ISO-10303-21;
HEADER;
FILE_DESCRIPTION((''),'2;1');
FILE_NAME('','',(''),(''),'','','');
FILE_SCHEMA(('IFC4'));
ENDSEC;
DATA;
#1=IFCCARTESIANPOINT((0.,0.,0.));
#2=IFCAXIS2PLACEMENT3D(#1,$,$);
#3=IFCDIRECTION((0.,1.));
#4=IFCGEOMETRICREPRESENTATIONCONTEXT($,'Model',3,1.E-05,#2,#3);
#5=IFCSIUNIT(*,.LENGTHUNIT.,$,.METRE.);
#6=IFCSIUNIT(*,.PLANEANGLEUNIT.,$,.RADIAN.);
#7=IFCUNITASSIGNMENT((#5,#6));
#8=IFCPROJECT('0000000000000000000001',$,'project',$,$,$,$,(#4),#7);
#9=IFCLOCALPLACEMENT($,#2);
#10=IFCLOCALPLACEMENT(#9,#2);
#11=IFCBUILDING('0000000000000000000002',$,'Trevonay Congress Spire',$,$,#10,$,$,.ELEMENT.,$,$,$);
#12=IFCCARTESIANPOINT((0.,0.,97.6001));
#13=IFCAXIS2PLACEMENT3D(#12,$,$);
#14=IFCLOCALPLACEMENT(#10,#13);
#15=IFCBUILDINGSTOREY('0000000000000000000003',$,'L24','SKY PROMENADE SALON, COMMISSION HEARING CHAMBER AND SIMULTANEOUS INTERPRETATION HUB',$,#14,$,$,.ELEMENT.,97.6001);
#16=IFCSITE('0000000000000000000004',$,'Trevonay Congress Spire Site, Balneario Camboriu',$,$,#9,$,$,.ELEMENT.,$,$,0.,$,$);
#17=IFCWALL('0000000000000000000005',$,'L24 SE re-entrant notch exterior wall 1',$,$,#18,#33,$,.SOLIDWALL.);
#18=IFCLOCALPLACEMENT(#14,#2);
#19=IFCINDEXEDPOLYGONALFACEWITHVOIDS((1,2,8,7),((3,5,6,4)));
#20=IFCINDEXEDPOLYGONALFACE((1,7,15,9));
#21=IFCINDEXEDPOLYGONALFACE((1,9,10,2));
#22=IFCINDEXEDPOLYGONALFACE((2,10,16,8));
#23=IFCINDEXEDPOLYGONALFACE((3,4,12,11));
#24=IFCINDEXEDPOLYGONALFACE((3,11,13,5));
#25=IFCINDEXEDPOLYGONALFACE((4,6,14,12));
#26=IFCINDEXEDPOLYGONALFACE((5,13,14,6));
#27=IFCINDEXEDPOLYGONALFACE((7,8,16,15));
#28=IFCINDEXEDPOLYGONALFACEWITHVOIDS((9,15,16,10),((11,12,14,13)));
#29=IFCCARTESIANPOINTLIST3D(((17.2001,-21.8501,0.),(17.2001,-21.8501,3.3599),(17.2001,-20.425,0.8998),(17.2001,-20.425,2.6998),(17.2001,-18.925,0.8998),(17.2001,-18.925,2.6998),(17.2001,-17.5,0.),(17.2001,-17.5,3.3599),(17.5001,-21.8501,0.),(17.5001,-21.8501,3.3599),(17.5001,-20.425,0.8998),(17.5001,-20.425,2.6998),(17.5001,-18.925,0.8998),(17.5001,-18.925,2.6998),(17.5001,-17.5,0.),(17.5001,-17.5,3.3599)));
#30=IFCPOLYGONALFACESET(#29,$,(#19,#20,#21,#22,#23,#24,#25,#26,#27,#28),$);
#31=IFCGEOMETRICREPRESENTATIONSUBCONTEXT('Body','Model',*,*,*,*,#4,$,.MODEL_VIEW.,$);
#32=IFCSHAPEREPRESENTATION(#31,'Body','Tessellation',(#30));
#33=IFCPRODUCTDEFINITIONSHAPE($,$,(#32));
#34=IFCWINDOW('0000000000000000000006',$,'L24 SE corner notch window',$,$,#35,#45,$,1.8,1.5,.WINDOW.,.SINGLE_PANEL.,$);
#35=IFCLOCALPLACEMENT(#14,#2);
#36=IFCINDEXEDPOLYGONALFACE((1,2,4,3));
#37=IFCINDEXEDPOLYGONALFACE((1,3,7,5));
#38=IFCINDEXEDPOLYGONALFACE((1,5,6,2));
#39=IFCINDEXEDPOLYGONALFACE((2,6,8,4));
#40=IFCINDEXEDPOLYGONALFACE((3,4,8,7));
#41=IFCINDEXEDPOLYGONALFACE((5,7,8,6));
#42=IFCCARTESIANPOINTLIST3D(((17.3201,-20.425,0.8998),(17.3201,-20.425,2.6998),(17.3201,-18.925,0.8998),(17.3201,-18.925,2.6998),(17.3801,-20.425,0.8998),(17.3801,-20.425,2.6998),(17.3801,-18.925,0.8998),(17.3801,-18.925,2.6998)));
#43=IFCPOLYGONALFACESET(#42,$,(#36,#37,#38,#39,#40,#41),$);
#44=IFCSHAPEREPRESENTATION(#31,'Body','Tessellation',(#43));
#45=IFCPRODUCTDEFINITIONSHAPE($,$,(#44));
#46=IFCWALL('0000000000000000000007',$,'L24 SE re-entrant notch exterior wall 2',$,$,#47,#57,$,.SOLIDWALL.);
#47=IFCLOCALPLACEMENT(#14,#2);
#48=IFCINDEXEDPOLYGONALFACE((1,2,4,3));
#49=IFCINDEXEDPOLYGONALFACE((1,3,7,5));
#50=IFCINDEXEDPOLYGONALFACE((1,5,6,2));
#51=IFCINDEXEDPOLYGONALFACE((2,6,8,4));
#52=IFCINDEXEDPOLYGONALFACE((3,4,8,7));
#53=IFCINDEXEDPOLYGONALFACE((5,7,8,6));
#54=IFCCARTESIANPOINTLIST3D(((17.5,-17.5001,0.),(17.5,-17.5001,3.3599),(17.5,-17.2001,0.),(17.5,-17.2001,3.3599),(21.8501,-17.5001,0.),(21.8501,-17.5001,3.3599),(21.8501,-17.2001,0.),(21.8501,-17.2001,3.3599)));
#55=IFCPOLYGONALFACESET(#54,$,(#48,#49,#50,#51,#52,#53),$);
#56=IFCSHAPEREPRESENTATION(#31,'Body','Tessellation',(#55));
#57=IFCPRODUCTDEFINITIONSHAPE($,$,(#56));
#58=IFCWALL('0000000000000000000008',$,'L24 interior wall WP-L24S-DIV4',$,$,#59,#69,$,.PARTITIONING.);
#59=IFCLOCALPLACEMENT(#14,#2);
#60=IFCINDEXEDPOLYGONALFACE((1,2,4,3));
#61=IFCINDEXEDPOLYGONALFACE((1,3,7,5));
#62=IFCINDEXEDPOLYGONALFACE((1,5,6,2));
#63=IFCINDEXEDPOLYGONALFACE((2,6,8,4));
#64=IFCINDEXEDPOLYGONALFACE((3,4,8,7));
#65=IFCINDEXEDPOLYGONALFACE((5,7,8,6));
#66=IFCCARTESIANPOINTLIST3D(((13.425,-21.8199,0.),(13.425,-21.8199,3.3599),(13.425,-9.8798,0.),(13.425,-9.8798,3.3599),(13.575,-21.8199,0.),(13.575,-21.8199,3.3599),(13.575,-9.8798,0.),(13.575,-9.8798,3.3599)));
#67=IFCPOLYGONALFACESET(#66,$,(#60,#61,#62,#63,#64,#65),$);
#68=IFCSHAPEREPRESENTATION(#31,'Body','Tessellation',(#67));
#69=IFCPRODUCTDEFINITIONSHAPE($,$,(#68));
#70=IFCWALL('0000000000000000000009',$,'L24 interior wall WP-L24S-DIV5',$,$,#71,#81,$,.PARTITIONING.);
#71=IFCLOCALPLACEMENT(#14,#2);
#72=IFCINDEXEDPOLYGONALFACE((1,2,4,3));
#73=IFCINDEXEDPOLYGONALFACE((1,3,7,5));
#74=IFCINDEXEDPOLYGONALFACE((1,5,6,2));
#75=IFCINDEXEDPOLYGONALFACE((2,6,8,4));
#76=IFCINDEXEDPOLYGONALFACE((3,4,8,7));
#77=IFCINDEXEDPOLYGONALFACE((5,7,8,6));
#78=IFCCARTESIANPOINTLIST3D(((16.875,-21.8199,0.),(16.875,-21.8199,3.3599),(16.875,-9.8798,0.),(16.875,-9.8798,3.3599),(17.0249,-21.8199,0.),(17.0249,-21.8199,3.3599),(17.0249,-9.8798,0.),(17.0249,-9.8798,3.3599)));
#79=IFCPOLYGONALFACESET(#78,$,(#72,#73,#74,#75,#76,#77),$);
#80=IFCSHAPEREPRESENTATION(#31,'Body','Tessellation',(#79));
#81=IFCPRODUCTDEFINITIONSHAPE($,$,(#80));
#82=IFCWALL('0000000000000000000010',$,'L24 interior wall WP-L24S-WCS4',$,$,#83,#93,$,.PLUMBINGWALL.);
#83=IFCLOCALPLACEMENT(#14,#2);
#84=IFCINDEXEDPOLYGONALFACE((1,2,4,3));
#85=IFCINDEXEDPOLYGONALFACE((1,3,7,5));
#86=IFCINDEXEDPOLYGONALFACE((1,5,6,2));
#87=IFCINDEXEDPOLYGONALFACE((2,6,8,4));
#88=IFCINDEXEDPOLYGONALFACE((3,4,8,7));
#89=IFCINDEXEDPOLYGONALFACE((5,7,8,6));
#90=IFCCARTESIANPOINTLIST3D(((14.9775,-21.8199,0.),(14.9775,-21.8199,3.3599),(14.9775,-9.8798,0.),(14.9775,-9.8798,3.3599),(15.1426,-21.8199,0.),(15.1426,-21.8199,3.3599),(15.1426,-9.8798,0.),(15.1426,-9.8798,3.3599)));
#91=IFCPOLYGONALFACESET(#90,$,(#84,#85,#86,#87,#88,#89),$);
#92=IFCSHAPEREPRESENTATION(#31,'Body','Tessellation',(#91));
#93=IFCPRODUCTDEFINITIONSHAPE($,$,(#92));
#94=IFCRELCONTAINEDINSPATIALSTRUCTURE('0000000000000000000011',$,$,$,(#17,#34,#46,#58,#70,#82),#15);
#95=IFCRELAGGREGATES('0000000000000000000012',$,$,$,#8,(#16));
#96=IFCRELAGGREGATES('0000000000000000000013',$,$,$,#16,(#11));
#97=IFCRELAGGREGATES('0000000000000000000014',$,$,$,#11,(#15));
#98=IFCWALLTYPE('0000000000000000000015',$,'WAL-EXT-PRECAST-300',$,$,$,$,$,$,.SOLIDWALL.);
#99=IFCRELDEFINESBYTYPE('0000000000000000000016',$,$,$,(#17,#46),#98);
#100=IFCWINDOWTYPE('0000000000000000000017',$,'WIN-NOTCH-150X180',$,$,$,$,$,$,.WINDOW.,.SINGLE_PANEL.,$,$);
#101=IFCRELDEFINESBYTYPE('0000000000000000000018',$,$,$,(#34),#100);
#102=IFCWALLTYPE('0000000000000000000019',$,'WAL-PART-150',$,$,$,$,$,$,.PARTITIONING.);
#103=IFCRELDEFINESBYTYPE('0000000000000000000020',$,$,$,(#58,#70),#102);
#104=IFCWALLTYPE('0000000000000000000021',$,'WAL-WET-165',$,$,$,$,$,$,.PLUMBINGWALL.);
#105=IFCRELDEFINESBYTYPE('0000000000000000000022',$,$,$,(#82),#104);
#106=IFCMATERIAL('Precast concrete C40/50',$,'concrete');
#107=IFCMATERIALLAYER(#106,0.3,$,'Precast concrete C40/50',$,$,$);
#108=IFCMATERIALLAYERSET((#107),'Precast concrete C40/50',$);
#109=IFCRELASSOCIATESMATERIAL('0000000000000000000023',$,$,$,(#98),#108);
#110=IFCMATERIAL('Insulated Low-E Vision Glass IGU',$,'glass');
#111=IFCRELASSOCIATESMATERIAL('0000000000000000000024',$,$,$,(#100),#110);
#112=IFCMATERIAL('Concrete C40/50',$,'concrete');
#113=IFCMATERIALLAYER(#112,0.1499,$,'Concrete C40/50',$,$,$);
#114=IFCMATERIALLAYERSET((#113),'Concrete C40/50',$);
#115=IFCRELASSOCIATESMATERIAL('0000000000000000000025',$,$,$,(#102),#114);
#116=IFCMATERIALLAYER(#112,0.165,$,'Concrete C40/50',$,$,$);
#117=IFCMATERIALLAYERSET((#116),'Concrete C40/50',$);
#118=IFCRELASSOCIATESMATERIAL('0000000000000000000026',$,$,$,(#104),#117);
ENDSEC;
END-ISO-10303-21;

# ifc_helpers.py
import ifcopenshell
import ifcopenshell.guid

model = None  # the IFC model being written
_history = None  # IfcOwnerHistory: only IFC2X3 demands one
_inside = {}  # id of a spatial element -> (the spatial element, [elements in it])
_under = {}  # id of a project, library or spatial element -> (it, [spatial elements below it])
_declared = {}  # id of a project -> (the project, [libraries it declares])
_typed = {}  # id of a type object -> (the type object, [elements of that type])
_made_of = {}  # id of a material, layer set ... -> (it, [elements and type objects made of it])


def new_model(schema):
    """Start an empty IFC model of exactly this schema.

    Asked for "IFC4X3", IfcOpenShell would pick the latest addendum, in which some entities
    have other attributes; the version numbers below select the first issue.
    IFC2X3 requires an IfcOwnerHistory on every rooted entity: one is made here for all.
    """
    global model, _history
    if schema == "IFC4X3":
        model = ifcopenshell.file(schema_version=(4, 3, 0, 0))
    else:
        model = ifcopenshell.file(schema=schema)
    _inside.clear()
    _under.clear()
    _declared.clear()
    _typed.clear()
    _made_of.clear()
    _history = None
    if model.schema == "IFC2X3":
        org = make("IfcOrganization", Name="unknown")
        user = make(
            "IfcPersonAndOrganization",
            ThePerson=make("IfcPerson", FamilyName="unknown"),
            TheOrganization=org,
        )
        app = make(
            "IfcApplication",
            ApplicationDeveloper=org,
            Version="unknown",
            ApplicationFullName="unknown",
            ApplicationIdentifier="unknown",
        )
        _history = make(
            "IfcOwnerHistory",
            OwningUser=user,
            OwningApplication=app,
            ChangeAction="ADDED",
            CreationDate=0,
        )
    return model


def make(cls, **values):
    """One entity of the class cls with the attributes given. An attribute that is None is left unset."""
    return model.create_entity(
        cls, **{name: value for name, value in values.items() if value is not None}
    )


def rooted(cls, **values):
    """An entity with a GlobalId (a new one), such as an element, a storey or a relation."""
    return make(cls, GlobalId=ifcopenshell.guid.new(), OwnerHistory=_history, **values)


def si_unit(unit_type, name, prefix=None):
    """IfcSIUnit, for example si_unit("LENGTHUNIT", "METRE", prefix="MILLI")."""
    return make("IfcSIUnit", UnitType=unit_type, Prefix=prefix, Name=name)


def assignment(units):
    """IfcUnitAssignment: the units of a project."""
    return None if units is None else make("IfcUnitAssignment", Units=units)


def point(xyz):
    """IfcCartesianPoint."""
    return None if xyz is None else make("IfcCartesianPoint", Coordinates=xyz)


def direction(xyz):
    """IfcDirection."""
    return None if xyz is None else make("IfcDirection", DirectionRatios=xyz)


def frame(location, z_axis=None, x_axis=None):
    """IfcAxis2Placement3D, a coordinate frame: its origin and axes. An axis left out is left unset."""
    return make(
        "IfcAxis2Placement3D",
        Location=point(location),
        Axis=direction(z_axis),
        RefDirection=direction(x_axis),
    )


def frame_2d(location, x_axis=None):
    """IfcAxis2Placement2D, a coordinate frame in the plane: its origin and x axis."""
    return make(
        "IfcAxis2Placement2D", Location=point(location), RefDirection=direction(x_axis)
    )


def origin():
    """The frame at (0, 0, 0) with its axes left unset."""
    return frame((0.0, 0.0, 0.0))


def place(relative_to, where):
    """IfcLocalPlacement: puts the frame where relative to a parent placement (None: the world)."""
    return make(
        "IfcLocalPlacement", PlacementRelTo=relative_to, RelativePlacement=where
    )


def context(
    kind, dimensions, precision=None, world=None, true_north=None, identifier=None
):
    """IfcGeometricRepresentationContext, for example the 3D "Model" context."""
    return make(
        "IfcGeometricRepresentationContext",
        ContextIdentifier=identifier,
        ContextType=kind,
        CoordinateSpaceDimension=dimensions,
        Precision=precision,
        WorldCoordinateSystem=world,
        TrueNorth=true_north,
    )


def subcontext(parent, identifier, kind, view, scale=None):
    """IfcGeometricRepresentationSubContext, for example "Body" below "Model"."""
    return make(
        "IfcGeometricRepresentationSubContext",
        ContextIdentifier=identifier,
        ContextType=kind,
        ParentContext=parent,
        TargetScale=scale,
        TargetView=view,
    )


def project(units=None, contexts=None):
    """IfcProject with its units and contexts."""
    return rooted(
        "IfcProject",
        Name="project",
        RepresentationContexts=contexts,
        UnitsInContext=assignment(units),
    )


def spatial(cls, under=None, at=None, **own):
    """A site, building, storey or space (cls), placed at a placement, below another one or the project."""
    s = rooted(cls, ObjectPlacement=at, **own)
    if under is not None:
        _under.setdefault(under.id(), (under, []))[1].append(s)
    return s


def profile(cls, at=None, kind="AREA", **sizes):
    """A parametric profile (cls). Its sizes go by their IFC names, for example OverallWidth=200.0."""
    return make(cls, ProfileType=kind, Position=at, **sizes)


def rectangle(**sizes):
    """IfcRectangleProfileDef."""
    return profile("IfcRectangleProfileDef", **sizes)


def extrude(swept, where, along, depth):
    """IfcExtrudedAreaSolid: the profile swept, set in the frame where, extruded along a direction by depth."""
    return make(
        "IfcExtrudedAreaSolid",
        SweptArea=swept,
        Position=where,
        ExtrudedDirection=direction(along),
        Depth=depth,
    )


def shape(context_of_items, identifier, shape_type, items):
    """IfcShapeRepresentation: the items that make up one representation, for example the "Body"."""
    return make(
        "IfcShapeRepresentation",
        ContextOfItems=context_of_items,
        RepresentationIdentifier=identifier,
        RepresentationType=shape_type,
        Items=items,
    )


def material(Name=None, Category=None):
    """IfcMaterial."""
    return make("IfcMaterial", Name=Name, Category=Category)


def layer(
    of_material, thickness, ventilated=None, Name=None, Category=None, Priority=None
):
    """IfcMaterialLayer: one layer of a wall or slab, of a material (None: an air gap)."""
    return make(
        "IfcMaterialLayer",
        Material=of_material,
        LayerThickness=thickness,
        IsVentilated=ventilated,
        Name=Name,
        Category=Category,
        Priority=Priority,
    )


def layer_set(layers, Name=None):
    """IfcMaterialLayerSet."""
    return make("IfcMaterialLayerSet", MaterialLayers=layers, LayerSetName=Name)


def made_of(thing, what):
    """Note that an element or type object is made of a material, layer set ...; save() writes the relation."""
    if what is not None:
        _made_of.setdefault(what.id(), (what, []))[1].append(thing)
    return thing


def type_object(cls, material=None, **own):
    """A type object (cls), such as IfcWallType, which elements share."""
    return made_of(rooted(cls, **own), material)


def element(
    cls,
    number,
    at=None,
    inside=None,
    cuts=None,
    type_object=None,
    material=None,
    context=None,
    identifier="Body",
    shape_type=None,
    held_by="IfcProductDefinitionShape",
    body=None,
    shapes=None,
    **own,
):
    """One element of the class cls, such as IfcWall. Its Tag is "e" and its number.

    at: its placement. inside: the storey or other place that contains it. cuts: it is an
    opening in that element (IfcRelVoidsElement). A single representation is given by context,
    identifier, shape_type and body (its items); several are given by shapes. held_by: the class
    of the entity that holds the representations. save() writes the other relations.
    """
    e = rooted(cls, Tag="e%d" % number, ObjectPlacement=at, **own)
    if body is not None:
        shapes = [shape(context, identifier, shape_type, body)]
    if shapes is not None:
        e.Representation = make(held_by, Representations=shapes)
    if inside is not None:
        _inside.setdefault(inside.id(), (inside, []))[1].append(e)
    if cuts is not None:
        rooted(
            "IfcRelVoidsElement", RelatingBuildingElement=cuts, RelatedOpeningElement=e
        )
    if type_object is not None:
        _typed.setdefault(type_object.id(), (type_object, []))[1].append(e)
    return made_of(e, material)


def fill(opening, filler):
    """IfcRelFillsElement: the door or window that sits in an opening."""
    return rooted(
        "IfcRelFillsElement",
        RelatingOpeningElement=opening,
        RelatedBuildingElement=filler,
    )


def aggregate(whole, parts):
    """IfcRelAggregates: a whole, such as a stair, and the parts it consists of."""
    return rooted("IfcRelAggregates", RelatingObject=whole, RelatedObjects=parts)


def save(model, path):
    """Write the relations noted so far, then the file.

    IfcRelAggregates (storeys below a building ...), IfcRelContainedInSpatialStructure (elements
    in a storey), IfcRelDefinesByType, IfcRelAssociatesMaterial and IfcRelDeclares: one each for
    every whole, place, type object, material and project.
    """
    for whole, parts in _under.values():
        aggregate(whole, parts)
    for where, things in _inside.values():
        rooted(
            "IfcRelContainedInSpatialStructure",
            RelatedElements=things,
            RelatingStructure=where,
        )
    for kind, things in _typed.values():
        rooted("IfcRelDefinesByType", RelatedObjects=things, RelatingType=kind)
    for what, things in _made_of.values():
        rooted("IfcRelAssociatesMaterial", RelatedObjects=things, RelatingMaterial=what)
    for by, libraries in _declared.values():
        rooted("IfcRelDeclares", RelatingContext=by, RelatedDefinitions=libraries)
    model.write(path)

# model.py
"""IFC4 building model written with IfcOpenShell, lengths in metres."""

from ifc_helpers import new_model, si_unit, direction, frame, frame_2d, origin, place, context, subcontext, project, spatial, rectangle, extrude, material, layer, layer_set, type_object, element, fill, save


model = new_model("IFC4")

# Units and contexts
model_context = context("Model", 3, precision=1e-05, world=origin(), true_north=direction((0.0, 1.0)))
body_context = subcontext(model_context, "Body", "Model", "MODEL_VIEW")
ifc_project = project(units=[si_unit("LENGTHUNIT", "METRE"), si_unit("PLANEANGLEUNIT", "RADIAN")], contexts=[model_context])

# Site, building, storey
site_placement = place(None, origin())
site = spatial("IfcSite", under=ifc_project, at=site_placement, Name="Trevonay Congress Spire Site, Balneario Camboriu", CompositionType="ELEMENT", RefElevation=0.0)
building_placement = place(site_placement, origin())
building = spatial("IfcBuilding", under=site, at=building_placement, Name="Trevonay Congress Spire", CompositionType="ELEMENT")
storey_placement = place(building_placement, frame((0.0, 0.0, 97.6001)))
storey = spatial("IfcBuildingStorey", under=building, at=storey_placement, Name="L24", Description="SKY PROMENADE SALON, COMMISSION HEARING CHAMBER AND SIMULTANEOUS INTERPRETATION HUB", CompositionType="ELEMENT", Elevation=97.6001)

# Shared definitions
ifc_material_1 = material(Name="Insulated Low-E Vision Glass IGU", Category="glass")

# Wall, opening, window
ifc_material_2 = material(Name="Precast concrete C40/50", Category="concrete")
ifc_layer_1 = layer(ifc_material_2, 0.3, Name="Precast concrete C40/50")
ifc_layer_set_1 = layer_set([ifc_layer_1], Name="Precast concrete C40/50")
wall_type_1 = type_object("IfcWallType", Name="WAL-EXT-PRECAST-300", PredefinedType="SOLIDWALL", material=ifc_layer_set_1)
wall_1_placement = place(storey_placement, frame((17.3501, -21.8501, 0.0), z_axis=(0.0, 0.0, 1.0), x_axis=(0.0, 1.0, 0.0)))
wall_1 = element("IfcWall", 1, at=wall_1_placement, inside=storey, type_object=wall_type_1, Name="L24 SE re-entrant notch exterior wall 1", PredefinedType="SOLIDWALL", context=body_context, shape_type="SweptSolid", body=[
    extrude(rectangle(XDim=4.3501, YDim=0.3, at=frame_2d((2.175, 0.0))), origin(), (0.0, 0.0, 1.0), 3.3599),
])
opening_placement = place(wall_1_placement, frame((1.425, 0.0, 0.8999)))
opening = element("IfcOpeningElement", 2, at=opening_placement, cuts=wall_1, PredefinedType="OPENING", context=body_context, shape_type="SweptSolid", body=[
    extrude(rectangle(XDim=1.5, YDim=1.8, at=frame_2d((0.75, 0.8999))), frame((0.0, 0.1602, 0.0), z_axis=(0.0, -1.0, 0.0), x_axis=(1.0, 0.0, 0.0)), (0.0, 0.0, 1.0), 0.3201),
])
window_type = type_object("IfcWindowType", Name="WIN-NOTCH-150X180", PartitioningType="SINGLE_PANEL", PredefinedType="WINDOW", material=ifc_material_1)
window_placement = place(opening_placement, origin())
window = element("IfcWindow", 3, at=window_placement, inside=storey, type_object=window_type, Name="L24 SE corner notch window", OverallHeight=1.8, OverallWidth=1.5, PartitioningType="SINGLE_PANEL", PredefinedType="WINDOW", context=body_context, shape_type="SweptSolid", body=[
    extrude(rectangle(XDim=1.5, YDim=1.8, at=frame_2d((0.75, 0.8999))), frame((0.0, 0.03, 0.0), z_axis=(0.0, -1.0, 0.0), x_axis=(1.0, 0.0, 0.0)), (0.0, 0.0, 1.0), 0.0601),
])
fill(opening, window)

# Walls
wall_2_placement = place(storey_placement, frame((21.8501, -17.3501, 0.0), z_axis=(0.0, 0.0, 1.0), x_axis=(-1.0, 0.0, 0.0)))
element("IfcWall", 4, at=wall_2_placement, inside=storey, type_object=wall_type_1, Name="L24 SE re-entrant notch exterior wall 2", PredefinedType="SOLIDWALL", context=body_context, shape_type="SweptSolid", body=[
    extrude(rectangle(XDim=4.3501, YDim=0.3, at=frame_2d((2.175, 0.0))), origin(), (0.0, 0.0, 1.0), 3.3599),
])
ifc_material_3 = material(Name="Concrete C40/50", Category="concrete")
ifc_layer_2 = layer(ifc_material_3, 0.1499, Name="Concrete C40/50")
ifc_layer_set_2 = layer_set([ifc_layer_2], Name="Concrete C40/50")
wall_type_2 = type_object("IfcWallType", Name="WAL-PART-150", PredefinedType="PARTITIONING", material=ifc_layer_set_2)
for number, where, z_axis, x_axis, name in (
    (5, (13.5, -21.8201, 0.0), (0.0, 0.0, 1.0), (0.0, 1.0, 0.0), "L24 interior wall WP-L24S-DIV4"),
    (6, (16.95, -21.8201, 0.0), (0.0, 0.0, 1.0), (0.0, 1.0, 0.0), "L24 interior wall WP-L24S-DIV5"),
):
    element("IfcWall", number, at=place(storey_placement, frame(where, z_axis=z_axis, x_axis=x_axis)), inside=storey, type_object=wall_type_2, Name=name, PredefinedType="PARTITIONING", context=body_context, shape_type="SweptSolid", body=[
        extrude(rectangle(XDim=11.9402, YDim=0.1499, at=frame_2d((5.9702, 0.0))), origin(), (0.0, 0.0, 1.0), 3.3599),
    ])
ifc_layer_3 = layer(ifc_material_3, 0.165, Name="Concrete C40/50")
ifc_layer_set_3 = layer_set([ifc_layer_3], Name="Concrete C40/50")
wall_type_3 = type_object("IfcWallType", Name="WAL-WET-165", PredefinedType="PLUMBINGWALL", material=ifc_layer_set_3)
wall_3_placement = place(storey_placement, frame((15.0601, -21.8201, 0.0), z_axis=(0.0, 0.0, 1.0), x_axis=(0.0, 1.0, 0.0)))
element("IfcWall", 7, at=wall_3_placement, inside=storey, type_object=wall_type_3, Name="L24 interior wall WP-L24S-WCS4", PredefinedType="PLUMBINGWALL", context=body_context, shape_type="SweptSolid", body=[
    extrude(rectangle(XDim=11.9402, YDim=0.165, at=frame_2d((5.9702, 0.0))), origin(), (0.0, 0.0, 1.0), 3.3599),
])

save(model, "model.ifc")
